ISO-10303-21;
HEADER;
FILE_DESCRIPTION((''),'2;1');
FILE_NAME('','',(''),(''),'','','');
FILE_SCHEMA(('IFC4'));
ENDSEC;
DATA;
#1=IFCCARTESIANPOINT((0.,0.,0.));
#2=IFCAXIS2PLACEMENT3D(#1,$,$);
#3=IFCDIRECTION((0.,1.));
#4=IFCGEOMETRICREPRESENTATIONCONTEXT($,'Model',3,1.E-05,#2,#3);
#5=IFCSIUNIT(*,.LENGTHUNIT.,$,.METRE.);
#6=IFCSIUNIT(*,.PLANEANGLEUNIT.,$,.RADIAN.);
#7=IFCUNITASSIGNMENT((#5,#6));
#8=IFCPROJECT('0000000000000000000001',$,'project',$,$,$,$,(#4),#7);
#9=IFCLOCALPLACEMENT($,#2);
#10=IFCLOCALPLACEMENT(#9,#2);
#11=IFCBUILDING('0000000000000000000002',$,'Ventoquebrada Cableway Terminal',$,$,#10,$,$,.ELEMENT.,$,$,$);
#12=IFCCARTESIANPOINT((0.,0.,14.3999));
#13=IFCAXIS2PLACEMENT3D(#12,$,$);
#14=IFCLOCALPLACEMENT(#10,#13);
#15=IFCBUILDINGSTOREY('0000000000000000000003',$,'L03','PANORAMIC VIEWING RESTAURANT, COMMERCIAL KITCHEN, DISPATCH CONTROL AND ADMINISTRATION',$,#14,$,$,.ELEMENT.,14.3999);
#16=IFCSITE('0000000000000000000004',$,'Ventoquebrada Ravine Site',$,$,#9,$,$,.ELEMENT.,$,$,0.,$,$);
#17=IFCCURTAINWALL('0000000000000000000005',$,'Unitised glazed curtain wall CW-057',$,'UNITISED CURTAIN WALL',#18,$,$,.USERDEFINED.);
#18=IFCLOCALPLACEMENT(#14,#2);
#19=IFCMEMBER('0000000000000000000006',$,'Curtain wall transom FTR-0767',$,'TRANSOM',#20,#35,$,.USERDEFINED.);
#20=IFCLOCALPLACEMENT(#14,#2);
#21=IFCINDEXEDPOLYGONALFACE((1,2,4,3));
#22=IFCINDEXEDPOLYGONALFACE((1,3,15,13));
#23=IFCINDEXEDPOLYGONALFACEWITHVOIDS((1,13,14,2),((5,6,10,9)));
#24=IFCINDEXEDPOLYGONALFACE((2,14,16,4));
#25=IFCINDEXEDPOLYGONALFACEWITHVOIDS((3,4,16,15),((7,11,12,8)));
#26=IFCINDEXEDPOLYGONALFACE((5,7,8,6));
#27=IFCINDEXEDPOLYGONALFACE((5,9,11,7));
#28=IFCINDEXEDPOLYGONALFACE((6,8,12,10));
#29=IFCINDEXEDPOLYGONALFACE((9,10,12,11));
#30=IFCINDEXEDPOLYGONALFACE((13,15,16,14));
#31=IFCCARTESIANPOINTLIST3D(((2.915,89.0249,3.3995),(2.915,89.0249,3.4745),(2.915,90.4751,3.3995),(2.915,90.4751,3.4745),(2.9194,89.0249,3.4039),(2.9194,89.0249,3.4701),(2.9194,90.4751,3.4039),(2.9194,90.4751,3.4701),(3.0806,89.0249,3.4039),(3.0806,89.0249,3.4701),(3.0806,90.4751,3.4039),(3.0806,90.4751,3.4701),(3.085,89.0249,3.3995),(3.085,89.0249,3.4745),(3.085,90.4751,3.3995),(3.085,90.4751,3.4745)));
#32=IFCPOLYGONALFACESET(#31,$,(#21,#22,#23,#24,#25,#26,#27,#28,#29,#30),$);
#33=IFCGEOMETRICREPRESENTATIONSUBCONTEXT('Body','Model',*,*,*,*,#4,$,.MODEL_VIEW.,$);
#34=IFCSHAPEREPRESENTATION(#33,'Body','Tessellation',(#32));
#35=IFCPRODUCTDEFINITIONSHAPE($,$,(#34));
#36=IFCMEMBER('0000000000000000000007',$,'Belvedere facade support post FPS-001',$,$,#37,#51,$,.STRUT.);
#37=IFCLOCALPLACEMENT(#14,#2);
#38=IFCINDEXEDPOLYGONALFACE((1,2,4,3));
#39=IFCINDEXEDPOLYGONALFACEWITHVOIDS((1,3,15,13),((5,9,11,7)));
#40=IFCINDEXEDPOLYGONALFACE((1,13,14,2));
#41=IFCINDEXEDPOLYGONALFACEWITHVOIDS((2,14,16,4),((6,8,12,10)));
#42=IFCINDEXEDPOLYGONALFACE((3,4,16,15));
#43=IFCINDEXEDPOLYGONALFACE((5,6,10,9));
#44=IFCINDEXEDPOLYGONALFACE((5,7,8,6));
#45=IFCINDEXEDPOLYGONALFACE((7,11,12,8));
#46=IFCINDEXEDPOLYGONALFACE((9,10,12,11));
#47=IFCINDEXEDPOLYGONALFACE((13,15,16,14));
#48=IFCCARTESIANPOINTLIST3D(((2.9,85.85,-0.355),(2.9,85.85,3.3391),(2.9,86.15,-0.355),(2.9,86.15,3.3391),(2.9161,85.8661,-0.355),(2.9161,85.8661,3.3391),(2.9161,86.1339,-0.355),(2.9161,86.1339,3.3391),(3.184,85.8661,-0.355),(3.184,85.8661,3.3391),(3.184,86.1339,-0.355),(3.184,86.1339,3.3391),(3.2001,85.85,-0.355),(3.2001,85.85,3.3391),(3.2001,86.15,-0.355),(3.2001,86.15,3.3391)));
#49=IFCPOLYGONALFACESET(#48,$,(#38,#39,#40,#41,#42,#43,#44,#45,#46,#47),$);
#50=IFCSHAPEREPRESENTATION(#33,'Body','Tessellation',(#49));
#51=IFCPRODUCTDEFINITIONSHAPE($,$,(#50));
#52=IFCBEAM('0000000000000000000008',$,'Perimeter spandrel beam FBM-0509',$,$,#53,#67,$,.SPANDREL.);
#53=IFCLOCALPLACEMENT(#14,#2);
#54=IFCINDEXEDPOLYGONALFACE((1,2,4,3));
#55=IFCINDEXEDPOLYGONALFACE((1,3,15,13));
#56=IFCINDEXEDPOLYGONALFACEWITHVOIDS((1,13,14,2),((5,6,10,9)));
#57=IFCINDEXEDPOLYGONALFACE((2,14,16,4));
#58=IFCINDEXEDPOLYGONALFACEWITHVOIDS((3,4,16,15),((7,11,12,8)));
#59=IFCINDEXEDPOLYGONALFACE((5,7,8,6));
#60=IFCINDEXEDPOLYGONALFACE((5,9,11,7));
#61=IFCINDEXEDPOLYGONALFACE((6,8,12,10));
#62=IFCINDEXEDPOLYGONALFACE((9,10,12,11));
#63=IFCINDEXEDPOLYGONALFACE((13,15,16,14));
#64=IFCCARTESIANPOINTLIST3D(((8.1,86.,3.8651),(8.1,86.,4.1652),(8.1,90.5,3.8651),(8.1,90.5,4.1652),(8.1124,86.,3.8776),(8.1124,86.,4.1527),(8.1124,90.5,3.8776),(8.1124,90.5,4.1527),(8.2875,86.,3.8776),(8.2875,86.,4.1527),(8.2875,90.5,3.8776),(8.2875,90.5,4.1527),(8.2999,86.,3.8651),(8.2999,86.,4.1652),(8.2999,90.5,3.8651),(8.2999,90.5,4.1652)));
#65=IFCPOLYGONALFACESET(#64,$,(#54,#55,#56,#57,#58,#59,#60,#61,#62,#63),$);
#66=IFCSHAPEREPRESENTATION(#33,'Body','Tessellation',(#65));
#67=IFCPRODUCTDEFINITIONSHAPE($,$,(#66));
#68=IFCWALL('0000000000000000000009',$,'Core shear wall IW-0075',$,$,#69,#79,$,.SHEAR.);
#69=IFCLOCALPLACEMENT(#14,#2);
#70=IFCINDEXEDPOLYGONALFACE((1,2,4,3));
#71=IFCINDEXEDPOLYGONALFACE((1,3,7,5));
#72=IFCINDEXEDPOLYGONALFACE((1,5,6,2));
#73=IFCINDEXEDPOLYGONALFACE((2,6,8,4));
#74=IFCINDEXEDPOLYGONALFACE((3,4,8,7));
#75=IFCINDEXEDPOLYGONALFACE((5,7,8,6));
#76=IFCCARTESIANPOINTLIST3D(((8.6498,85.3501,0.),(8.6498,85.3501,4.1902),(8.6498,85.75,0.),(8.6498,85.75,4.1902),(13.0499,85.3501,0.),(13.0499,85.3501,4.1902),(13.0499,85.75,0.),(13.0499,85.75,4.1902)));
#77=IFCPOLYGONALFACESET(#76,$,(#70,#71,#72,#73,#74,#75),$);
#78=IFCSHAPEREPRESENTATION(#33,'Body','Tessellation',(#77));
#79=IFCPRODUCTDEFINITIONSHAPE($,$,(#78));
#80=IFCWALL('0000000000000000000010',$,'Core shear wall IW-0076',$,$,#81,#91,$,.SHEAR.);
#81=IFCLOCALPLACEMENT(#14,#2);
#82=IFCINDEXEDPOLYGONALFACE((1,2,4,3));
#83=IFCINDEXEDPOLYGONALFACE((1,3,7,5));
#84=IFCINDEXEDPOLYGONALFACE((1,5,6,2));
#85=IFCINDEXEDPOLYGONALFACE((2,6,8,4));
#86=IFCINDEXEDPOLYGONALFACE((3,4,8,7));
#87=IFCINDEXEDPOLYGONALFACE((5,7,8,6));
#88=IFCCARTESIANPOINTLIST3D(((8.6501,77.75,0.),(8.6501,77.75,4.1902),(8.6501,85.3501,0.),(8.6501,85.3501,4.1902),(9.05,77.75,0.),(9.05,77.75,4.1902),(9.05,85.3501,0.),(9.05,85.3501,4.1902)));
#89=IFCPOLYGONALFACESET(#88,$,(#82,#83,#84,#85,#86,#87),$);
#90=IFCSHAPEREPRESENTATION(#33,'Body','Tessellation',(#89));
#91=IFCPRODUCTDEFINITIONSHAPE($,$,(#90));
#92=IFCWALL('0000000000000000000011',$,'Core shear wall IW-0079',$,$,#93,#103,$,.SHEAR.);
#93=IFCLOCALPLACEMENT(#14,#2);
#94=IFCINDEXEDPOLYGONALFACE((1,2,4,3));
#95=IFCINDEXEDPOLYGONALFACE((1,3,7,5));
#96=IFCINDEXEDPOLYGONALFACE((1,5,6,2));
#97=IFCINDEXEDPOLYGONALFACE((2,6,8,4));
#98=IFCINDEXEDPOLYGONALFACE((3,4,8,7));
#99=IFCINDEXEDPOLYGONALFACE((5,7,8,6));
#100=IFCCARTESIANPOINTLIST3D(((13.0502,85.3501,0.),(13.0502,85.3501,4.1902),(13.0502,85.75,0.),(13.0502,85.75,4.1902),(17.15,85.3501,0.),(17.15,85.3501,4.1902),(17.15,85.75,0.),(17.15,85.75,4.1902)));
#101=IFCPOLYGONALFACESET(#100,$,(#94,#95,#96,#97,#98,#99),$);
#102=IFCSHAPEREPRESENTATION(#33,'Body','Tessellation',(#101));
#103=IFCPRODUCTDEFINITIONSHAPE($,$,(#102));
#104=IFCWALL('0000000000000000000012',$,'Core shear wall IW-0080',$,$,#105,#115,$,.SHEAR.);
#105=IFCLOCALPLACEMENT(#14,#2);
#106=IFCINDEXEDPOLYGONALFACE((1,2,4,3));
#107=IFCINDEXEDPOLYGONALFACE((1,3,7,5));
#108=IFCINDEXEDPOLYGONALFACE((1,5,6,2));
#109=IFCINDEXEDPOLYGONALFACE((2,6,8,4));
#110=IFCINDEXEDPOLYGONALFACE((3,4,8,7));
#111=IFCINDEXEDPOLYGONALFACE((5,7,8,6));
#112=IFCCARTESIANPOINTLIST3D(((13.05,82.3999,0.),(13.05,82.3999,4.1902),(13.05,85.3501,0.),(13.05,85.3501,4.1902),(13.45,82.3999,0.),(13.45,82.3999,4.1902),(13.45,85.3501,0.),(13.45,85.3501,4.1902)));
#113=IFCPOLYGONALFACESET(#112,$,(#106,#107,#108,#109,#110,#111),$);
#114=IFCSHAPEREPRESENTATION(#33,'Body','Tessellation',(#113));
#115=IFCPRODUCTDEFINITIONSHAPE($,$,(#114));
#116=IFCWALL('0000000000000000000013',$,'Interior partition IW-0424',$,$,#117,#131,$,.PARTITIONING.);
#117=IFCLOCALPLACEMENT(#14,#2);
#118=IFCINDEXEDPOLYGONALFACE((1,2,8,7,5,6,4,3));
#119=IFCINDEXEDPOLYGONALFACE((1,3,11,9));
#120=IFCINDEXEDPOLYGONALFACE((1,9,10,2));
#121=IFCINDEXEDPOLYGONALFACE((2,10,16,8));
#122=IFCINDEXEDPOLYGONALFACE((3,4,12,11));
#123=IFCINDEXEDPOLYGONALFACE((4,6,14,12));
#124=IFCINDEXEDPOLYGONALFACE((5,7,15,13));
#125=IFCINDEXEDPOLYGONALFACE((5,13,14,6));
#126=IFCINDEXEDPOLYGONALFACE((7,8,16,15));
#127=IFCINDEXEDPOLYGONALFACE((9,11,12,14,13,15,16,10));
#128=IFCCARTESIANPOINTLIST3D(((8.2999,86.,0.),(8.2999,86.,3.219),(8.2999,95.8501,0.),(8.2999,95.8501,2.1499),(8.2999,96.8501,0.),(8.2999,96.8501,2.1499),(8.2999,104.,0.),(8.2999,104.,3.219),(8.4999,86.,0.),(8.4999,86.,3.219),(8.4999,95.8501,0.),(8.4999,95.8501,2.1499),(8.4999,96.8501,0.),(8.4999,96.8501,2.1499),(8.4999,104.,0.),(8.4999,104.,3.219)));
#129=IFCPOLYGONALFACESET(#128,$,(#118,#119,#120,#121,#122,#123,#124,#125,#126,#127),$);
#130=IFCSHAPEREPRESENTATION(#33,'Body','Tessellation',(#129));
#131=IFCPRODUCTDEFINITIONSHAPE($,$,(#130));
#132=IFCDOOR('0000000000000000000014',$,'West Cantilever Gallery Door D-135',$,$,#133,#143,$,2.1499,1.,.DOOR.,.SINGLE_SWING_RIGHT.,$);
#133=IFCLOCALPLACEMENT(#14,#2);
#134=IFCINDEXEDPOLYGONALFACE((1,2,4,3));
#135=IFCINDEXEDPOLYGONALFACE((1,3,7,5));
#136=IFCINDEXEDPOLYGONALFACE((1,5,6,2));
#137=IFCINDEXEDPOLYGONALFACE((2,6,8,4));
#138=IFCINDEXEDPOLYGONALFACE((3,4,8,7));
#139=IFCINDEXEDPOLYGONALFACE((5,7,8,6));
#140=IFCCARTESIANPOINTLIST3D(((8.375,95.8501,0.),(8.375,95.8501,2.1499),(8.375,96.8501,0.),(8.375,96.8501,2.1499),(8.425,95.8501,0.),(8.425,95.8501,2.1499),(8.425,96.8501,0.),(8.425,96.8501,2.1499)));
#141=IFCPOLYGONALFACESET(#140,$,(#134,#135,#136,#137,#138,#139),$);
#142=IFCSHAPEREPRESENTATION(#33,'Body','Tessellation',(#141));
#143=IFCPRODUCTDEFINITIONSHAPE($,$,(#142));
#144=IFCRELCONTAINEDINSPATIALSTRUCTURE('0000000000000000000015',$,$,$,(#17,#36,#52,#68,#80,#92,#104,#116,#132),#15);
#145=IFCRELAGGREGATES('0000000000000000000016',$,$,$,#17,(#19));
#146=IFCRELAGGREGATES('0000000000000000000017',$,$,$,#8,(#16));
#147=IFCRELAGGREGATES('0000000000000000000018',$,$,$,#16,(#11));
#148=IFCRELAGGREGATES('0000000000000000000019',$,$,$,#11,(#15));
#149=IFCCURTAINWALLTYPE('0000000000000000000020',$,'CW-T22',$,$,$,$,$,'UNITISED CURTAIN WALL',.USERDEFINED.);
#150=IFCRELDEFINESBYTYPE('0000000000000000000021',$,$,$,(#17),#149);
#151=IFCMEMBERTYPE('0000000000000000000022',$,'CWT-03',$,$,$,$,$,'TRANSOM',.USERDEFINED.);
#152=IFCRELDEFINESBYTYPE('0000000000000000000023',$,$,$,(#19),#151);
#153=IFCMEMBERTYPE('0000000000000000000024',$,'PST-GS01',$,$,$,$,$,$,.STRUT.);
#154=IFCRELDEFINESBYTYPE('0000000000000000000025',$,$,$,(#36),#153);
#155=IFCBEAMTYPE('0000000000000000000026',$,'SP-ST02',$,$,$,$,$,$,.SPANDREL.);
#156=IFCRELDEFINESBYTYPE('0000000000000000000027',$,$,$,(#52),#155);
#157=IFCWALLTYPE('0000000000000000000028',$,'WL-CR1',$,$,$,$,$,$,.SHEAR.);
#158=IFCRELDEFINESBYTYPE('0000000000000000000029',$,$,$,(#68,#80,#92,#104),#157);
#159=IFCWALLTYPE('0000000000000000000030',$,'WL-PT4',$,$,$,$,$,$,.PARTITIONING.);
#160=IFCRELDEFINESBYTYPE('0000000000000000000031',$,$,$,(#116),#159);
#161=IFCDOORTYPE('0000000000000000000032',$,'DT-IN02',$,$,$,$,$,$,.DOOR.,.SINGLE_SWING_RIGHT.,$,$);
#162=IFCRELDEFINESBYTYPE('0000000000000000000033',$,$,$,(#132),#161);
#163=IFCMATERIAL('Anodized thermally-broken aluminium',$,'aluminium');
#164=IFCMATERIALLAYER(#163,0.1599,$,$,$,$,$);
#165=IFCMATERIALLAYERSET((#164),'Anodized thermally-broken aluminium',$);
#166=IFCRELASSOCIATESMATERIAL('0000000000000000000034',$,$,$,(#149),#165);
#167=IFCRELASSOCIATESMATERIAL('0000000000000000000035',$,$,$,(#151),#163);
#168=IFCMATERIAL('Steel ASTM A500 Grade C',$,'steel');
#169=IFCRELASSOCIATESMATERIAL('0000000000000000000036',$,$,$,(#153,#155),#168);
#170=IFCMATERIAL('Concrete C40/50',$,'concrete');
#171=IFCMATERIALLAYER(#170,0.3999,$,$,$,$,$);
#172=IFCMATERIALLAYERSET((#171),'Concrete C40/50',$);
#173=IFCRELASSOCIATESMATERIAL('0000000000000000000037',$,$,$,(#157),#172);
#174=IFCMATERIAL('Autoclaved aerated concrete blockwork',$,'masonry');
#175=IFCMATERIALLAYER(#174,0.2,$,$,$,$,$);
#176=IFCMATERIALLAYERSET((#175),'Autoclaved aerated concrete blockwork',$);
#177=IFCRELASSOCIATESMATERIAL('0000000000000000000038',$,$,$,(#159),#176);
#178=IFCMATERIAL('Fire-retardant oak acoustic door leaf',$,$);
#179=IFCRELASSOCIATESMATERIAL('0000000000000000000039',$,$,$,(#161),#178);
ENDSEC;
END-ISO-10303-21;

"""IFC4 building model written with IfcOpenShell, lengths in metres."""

from ifc_helpers import new_model, si_unit, direction, frame, frame_2d, origin, origin_2d, place, context, subcontext, project, spatial, rectangle, hollow_rectangle, extrude, material, layer, layer_set, material_profile, profile_set, type_object, element, fill, aggregate, save


model = new_model("IFC4")

# Units and contexts
model_context = context("Model", 3, precision=1e-05, world=origin(), true_north=direction((0.0, 1.0)))
body_context = subcontext(model_context, "Body", "Model", "MODEL_VIEW")
ifc_project = project(units=[si_unit("LENGTHUNIT", "METRE"), si_unit("PLANEANGLEUNIT", "RADIAN")], contexts=[model_context])

# Site, building, storey
site_placement = place(None, origin())
site = spatial("IfcSite", under=ifc_project, at=site_placement, Name="Ventoquebrada Ravine Site", CompositionType="ELEMENT", RefElevation=0.0)
building_placement = place(site_placement, origin())
building = spatial("IfcBuilding", under=site, at=building_placement, Name="Ventoquebrada Cableway Terminal", CompositionType="ELEMENT")
storey_placement = place(building_placement, frame((0.0, 0.0, 14.3999)))
storey = spatial("IfcBuildingStorey", under=building, at=storey_placement, Name="L03", Description="PANORAMIC VIEWING RESTAURANT, COMMERCIAL KITCHEN, DISPATCH CONTROL AND ADMINISTRATION", CompositionType="ELEMENT", Elevation=14.3999)

# Shared definitions
ifc_material_1 = material(Name="Concrete C40/50", Category="concrete")

# Curtain wall, member
ifc_material_2 = material(Name="Anodized thermally-broken aluminium", Category="aluminium")
ifc_layer_1 = layer(ifc_material_2, 0.1599)
ifc_layer_set_1 = layer_set([ifc_layer_1], Name="Anodized thermally-broken aluminium")
curtain_wall_type = type_object("IfcCurtainWallType", Name="CW-T22", ElementType="UNITISED CURTAIN WALL", PredefinedType="USERDEFINED", material=ifc_layer_set_1)
curtain_wall_placement = place(storey_placement, origin())
curtain_wall = element("IfcCurtainWall", 1, at=curtain_wall_placement, inside=storey, type_object=curtain_wall_type, Name="Unitised glazed curtain wall CW-057", ObjectType="UNITISED CURTAIN WALL", PredefinedType="USERDEFINED")
ifc_material_profile_1 = material_profile(ifc_material_2, hollow_rectangle(XDim=0.075, YDim=0.1699, WallThickness=0.0044, at=origin_2d()), Name="CW-TRN-75X170")
ifc_profile_set_1 = profile_set([ifc_material_profile_1], Name="Anodized thermally-broken aluminium")
member_type_1 = type_object("IfcMemberType", Name="CWT-03", ElementType="TRANSOM", PredefinedType="USERDEFINED", material=ifc_profile_set_1)
member_1_placement = place(storey_placement, frame((3.0, 90.4751, 3.437), z_axis=(0.0, -1.0, 0.0), x_axis=(0.0, 0.0, 1.0)))
member_1 = element("IfcMember", 2, at=member_1_placement, type_object=member_type_1, Name="Curtain wall transom FTR-0767", ObjectType="TRANSOM", PredefinedType="USERDEFINED", context=body_context, shape_type="SweptSolid", body=[
    extrude(hollow_rectangle(XDim=0.075, YDim=0.1699, WallThickness=0.0044, at=origin_2d()), origin(), (0.0, 0.0, 1.0), 1.4502),
])
aggregate(curtain_wall, [member_1])

# Member
ifc_material_3 = material(Name="Steel ASTM A500 Grade C", Category="steel")
ifc_material_profile_2 = material_profile(ifc_material_3, hollow_rectangle(XDim=0.3, YDim=0.3, WallThickness=0.0161, at=origin_2d()), Name="HSS300X300X16")
ifc_profile_set_2 = profile_set([ifc_material_profile_2], Name="Steel ASTM A500 Grade C")
member_type_2 = type_object("IfcMemberType", Name="PST-GS01", PredefinedType="STRUT", material=ifc_profile_set_2)
member_2_placement = place(storey_placement, frame((3.05, 86.0, -0.355), z_axis=(0.0, 0.0, 1.0), x_axis=(1.0, 0.0, 0.0)))
element("IfcMember", 3, at=member_2_placement, inside=storey, type_object=member_type_2, Name="Belvedere facade support post FPS-001", PredefinedType="STRUT", context=body_context, shape_type="SweptSolid", body=[
    extrude(hollow_rectangle(XDim=0.3, YDim=0.3, WallThickness=0.0161, at=origin_2d()), origin(), (0.0, 0.0, 1.0), 3.6941),
])

# Beam
ifc_material_profile_3 = material_profile(ifc_material_3, hollow_rectangle(XDim=0.2, YDim=0.3, WallThickness=0.0125, at=origin_2d()), Name="RHS300X200X12.5")
ifc_profile_set_3 = profile_set([ifc_material_profile_3], Name="Steel ASTM A500 Grade C")
beam_type_1 = type_object("IfcBeamType", Name="SP-ST02", PredefinedType="SPANDREL", material=ifc_profile_set_3)
beam_1_placement = place(storey_placement, frame((8.2, 86.0, 4.0151), z_axis=(0.0, 1.0, 0.0), x_axis=(-1.0, 0.0, 0.0)))
element("IfcBeam", 4, at=beam_1_placement, inside=storey, type_object=beam_type_1, Name="Perimeter spandrel beam FBM-0509", PredefinedType="SPANDREL", context=body_context, shape_type="SweptSolid", body=[
    extrude(hollow_rectangle(XDim=0.2, YDim=0.3, WallThickness=0.0125, at=origin_2d()), origin(), (0.0, 0.0, 1.0), 4.5),
])

# Walls
ifc_layer_2 = layer(ifc_material_1, 0.3999)
ifc_layer_set_2 = layer_set([ifc_layer_2], Name="Concrete C40/50")
wall_type_1 = type_object("IfcWallType", Name="WL-CR1", PredefinedType="SHEAR", material=ifc_layer_set_2)
wall_1_placement = place(storey_placement, frame((13.05, 85.55, 0.0), z_axis=(0.0, 0.0, 1.0), x_axis=(-1.0, 0.0, 0.0)))
element("IfcWall", 5, at=wall_1_placement, inside=storey, type_object=wall_type_1, Name="Core shear wall IW-0075", PredefinedType="SHEAR", context=body_context, shape_type="SweptSolid", body=[
    extrude(rectangle(XDim=4.4001, YDim=0.3999, at=frame_2d((2.2002, 0.0))), origin(), (0.0, 0.0, 1.0), 4.1902),
])
wall_2_placement = place(storey_placement, frame((8.8501, 85.3501, 0.0), z_axis=(0.0, 0.0, 1.0), x_axis=(0.0, -1.0, 0.0)))
element("IfcWall", 6, at=wall_2_placement, inside=storey, type_object=wall_type_1, Name="Core shear wall IW-0076", PredefinedType="SHEAR", context=body_context, shape_type="SweptSolid", body=[
    extrude(rectangle(XDim=7.6001, YDim=0.3999, at=frame_2d((3.8, 0.0))), origin(), (0.0, 0.0, 1.0), 4.1902),
])
wall_3_placement = place(storey_placement, frame((17.1499, 85.55, 0.0), z_axis=(0.0, 0.0, 1.0), x_axis=(-1.0, 0.0, 0.0)))
element("IfcWall", 7, at=wall_3_placement, inside=storey, type_object=wall_type_1, Name="Core shear wall IW-0079", PredefinedType="SHEAR", context=body_context, shape_type="SweptSolid", body=[
    extrude(rectangle(XDim=4.0999, YDim=0.3999, at=frame_2d((2.0498, 0.0))), origin(), (0.0, 0.0, 1.0), 4.1902),
])
wall_4_placement = place(storey_placement, frame((13.25, 85.3501, 0.0), z_axis=(0.0, 0.0, 1.0), x_axis=(0.0, -1.0, 0.0)))
element("IfcWall", 8, at=wall_4_placement, inside=storey, type_object=wall_type_1, Name="Core shear wall IW-0080", PredefinedType="SHEAR", context=body_context, shape_type="SweptSolid", body=[
    extrude(rectangle(XDim=2.9502, YDim=0.3999, at=frame_2d((1.4751, 0.0))), origin(), (0.0, 0.0, 1.0), 4.1902),
])

# Wall, opening, door
ifc_material_4 = material(Name="Autoclaved aerated concrete blockwork", Category="masonry")
ifc_layer_3 = layer(ifc_material_4, 0.2)
ifc_layer_set_3 = layer_set([ifc_layer_3], Name="Autoclaved aerated concrete blockwork")
wall_type_2 = type_object("IfcWallType", Name="WL-PT4", PredefinedType="PARTITIONING", material=ifc_layer_set_3)
wall_5_placement = place(storey_placement, frame((8.3999, 86.0, 0.0), z_axis=(0.0, 0.0, 1.0), x_axis=(0.0, 1.0, 0.0)))
wall_5 = element("IfcWall", 9, at=wall_5_placement, inside=storey, type_object=wall_type_2, Name="Interior partition IW-0424", PredefinedType="PARTITIONING", context=body_context, shape_type="SweptSolid", body=[
    extrude(rectangle(XDim=18.0, YDim=0.2, at=frame_2d((9.0, 0.0))), origin(), (0.0, 0.0, 1.0), 3.219),
])
opening_1_placement = place(wall_5_placement, frame((9.8501, 0.0, 0.0)))
opening_1 = element("IfcOpeningElement", 10, at=opening_1_placement, cuts=wall_5, PredefinedType="OPENING", context=body_context, shape_type="SweptSolid", body=[
    extrude(rectangle(XDim=1.0, YDim=2.1499, at=frame_2d((0.5, 1.075))), frame((0.0, 0.1099, 0.0), z_axis=(0.0, -1.0, 0.0), x_axis=(1.0, 0.0, 0.0)), (0.0, 0.0, 1.0), 0.22),
])
ifc_material_5 = material(Name="Fire-retardant oak acoustic door leaf")
door_type_1 = type_object("IfcDoorType", Name="DT-IN02", OperationType="SINGLE_SWING_RIGHT", PredefinedType="DOOR", material=ifc_material_5)
door_1_placement = place(opening_1_placement, origin())
door_1 = element("IfcDoor", 11, at=door_1_placement, inside=storey, type_object=door_type_1, Name="West Cantilever Gallery Door D-135", OperationType="SINGLE_SWING_RIGHT", OverallHeight=2.1499, OverallWidth=1.0, PredefinedType="DOOR", context=body_context, shape_type="SweptSolid", body=[
    extrude(rectangle(XDim=1.0, YDim=2.1499, at=frame_2d((0.5, 1.075))), frame((0.0, 0.0249, 0.0), z_axis=(0.0, -1.0, 0.0), x_axis=(1.0, 0.0, 0.0)), (0.0, 0.0, 1.0), 0.05),
])
fill(opening_1, door_1)

save(model, "model.ifc")
